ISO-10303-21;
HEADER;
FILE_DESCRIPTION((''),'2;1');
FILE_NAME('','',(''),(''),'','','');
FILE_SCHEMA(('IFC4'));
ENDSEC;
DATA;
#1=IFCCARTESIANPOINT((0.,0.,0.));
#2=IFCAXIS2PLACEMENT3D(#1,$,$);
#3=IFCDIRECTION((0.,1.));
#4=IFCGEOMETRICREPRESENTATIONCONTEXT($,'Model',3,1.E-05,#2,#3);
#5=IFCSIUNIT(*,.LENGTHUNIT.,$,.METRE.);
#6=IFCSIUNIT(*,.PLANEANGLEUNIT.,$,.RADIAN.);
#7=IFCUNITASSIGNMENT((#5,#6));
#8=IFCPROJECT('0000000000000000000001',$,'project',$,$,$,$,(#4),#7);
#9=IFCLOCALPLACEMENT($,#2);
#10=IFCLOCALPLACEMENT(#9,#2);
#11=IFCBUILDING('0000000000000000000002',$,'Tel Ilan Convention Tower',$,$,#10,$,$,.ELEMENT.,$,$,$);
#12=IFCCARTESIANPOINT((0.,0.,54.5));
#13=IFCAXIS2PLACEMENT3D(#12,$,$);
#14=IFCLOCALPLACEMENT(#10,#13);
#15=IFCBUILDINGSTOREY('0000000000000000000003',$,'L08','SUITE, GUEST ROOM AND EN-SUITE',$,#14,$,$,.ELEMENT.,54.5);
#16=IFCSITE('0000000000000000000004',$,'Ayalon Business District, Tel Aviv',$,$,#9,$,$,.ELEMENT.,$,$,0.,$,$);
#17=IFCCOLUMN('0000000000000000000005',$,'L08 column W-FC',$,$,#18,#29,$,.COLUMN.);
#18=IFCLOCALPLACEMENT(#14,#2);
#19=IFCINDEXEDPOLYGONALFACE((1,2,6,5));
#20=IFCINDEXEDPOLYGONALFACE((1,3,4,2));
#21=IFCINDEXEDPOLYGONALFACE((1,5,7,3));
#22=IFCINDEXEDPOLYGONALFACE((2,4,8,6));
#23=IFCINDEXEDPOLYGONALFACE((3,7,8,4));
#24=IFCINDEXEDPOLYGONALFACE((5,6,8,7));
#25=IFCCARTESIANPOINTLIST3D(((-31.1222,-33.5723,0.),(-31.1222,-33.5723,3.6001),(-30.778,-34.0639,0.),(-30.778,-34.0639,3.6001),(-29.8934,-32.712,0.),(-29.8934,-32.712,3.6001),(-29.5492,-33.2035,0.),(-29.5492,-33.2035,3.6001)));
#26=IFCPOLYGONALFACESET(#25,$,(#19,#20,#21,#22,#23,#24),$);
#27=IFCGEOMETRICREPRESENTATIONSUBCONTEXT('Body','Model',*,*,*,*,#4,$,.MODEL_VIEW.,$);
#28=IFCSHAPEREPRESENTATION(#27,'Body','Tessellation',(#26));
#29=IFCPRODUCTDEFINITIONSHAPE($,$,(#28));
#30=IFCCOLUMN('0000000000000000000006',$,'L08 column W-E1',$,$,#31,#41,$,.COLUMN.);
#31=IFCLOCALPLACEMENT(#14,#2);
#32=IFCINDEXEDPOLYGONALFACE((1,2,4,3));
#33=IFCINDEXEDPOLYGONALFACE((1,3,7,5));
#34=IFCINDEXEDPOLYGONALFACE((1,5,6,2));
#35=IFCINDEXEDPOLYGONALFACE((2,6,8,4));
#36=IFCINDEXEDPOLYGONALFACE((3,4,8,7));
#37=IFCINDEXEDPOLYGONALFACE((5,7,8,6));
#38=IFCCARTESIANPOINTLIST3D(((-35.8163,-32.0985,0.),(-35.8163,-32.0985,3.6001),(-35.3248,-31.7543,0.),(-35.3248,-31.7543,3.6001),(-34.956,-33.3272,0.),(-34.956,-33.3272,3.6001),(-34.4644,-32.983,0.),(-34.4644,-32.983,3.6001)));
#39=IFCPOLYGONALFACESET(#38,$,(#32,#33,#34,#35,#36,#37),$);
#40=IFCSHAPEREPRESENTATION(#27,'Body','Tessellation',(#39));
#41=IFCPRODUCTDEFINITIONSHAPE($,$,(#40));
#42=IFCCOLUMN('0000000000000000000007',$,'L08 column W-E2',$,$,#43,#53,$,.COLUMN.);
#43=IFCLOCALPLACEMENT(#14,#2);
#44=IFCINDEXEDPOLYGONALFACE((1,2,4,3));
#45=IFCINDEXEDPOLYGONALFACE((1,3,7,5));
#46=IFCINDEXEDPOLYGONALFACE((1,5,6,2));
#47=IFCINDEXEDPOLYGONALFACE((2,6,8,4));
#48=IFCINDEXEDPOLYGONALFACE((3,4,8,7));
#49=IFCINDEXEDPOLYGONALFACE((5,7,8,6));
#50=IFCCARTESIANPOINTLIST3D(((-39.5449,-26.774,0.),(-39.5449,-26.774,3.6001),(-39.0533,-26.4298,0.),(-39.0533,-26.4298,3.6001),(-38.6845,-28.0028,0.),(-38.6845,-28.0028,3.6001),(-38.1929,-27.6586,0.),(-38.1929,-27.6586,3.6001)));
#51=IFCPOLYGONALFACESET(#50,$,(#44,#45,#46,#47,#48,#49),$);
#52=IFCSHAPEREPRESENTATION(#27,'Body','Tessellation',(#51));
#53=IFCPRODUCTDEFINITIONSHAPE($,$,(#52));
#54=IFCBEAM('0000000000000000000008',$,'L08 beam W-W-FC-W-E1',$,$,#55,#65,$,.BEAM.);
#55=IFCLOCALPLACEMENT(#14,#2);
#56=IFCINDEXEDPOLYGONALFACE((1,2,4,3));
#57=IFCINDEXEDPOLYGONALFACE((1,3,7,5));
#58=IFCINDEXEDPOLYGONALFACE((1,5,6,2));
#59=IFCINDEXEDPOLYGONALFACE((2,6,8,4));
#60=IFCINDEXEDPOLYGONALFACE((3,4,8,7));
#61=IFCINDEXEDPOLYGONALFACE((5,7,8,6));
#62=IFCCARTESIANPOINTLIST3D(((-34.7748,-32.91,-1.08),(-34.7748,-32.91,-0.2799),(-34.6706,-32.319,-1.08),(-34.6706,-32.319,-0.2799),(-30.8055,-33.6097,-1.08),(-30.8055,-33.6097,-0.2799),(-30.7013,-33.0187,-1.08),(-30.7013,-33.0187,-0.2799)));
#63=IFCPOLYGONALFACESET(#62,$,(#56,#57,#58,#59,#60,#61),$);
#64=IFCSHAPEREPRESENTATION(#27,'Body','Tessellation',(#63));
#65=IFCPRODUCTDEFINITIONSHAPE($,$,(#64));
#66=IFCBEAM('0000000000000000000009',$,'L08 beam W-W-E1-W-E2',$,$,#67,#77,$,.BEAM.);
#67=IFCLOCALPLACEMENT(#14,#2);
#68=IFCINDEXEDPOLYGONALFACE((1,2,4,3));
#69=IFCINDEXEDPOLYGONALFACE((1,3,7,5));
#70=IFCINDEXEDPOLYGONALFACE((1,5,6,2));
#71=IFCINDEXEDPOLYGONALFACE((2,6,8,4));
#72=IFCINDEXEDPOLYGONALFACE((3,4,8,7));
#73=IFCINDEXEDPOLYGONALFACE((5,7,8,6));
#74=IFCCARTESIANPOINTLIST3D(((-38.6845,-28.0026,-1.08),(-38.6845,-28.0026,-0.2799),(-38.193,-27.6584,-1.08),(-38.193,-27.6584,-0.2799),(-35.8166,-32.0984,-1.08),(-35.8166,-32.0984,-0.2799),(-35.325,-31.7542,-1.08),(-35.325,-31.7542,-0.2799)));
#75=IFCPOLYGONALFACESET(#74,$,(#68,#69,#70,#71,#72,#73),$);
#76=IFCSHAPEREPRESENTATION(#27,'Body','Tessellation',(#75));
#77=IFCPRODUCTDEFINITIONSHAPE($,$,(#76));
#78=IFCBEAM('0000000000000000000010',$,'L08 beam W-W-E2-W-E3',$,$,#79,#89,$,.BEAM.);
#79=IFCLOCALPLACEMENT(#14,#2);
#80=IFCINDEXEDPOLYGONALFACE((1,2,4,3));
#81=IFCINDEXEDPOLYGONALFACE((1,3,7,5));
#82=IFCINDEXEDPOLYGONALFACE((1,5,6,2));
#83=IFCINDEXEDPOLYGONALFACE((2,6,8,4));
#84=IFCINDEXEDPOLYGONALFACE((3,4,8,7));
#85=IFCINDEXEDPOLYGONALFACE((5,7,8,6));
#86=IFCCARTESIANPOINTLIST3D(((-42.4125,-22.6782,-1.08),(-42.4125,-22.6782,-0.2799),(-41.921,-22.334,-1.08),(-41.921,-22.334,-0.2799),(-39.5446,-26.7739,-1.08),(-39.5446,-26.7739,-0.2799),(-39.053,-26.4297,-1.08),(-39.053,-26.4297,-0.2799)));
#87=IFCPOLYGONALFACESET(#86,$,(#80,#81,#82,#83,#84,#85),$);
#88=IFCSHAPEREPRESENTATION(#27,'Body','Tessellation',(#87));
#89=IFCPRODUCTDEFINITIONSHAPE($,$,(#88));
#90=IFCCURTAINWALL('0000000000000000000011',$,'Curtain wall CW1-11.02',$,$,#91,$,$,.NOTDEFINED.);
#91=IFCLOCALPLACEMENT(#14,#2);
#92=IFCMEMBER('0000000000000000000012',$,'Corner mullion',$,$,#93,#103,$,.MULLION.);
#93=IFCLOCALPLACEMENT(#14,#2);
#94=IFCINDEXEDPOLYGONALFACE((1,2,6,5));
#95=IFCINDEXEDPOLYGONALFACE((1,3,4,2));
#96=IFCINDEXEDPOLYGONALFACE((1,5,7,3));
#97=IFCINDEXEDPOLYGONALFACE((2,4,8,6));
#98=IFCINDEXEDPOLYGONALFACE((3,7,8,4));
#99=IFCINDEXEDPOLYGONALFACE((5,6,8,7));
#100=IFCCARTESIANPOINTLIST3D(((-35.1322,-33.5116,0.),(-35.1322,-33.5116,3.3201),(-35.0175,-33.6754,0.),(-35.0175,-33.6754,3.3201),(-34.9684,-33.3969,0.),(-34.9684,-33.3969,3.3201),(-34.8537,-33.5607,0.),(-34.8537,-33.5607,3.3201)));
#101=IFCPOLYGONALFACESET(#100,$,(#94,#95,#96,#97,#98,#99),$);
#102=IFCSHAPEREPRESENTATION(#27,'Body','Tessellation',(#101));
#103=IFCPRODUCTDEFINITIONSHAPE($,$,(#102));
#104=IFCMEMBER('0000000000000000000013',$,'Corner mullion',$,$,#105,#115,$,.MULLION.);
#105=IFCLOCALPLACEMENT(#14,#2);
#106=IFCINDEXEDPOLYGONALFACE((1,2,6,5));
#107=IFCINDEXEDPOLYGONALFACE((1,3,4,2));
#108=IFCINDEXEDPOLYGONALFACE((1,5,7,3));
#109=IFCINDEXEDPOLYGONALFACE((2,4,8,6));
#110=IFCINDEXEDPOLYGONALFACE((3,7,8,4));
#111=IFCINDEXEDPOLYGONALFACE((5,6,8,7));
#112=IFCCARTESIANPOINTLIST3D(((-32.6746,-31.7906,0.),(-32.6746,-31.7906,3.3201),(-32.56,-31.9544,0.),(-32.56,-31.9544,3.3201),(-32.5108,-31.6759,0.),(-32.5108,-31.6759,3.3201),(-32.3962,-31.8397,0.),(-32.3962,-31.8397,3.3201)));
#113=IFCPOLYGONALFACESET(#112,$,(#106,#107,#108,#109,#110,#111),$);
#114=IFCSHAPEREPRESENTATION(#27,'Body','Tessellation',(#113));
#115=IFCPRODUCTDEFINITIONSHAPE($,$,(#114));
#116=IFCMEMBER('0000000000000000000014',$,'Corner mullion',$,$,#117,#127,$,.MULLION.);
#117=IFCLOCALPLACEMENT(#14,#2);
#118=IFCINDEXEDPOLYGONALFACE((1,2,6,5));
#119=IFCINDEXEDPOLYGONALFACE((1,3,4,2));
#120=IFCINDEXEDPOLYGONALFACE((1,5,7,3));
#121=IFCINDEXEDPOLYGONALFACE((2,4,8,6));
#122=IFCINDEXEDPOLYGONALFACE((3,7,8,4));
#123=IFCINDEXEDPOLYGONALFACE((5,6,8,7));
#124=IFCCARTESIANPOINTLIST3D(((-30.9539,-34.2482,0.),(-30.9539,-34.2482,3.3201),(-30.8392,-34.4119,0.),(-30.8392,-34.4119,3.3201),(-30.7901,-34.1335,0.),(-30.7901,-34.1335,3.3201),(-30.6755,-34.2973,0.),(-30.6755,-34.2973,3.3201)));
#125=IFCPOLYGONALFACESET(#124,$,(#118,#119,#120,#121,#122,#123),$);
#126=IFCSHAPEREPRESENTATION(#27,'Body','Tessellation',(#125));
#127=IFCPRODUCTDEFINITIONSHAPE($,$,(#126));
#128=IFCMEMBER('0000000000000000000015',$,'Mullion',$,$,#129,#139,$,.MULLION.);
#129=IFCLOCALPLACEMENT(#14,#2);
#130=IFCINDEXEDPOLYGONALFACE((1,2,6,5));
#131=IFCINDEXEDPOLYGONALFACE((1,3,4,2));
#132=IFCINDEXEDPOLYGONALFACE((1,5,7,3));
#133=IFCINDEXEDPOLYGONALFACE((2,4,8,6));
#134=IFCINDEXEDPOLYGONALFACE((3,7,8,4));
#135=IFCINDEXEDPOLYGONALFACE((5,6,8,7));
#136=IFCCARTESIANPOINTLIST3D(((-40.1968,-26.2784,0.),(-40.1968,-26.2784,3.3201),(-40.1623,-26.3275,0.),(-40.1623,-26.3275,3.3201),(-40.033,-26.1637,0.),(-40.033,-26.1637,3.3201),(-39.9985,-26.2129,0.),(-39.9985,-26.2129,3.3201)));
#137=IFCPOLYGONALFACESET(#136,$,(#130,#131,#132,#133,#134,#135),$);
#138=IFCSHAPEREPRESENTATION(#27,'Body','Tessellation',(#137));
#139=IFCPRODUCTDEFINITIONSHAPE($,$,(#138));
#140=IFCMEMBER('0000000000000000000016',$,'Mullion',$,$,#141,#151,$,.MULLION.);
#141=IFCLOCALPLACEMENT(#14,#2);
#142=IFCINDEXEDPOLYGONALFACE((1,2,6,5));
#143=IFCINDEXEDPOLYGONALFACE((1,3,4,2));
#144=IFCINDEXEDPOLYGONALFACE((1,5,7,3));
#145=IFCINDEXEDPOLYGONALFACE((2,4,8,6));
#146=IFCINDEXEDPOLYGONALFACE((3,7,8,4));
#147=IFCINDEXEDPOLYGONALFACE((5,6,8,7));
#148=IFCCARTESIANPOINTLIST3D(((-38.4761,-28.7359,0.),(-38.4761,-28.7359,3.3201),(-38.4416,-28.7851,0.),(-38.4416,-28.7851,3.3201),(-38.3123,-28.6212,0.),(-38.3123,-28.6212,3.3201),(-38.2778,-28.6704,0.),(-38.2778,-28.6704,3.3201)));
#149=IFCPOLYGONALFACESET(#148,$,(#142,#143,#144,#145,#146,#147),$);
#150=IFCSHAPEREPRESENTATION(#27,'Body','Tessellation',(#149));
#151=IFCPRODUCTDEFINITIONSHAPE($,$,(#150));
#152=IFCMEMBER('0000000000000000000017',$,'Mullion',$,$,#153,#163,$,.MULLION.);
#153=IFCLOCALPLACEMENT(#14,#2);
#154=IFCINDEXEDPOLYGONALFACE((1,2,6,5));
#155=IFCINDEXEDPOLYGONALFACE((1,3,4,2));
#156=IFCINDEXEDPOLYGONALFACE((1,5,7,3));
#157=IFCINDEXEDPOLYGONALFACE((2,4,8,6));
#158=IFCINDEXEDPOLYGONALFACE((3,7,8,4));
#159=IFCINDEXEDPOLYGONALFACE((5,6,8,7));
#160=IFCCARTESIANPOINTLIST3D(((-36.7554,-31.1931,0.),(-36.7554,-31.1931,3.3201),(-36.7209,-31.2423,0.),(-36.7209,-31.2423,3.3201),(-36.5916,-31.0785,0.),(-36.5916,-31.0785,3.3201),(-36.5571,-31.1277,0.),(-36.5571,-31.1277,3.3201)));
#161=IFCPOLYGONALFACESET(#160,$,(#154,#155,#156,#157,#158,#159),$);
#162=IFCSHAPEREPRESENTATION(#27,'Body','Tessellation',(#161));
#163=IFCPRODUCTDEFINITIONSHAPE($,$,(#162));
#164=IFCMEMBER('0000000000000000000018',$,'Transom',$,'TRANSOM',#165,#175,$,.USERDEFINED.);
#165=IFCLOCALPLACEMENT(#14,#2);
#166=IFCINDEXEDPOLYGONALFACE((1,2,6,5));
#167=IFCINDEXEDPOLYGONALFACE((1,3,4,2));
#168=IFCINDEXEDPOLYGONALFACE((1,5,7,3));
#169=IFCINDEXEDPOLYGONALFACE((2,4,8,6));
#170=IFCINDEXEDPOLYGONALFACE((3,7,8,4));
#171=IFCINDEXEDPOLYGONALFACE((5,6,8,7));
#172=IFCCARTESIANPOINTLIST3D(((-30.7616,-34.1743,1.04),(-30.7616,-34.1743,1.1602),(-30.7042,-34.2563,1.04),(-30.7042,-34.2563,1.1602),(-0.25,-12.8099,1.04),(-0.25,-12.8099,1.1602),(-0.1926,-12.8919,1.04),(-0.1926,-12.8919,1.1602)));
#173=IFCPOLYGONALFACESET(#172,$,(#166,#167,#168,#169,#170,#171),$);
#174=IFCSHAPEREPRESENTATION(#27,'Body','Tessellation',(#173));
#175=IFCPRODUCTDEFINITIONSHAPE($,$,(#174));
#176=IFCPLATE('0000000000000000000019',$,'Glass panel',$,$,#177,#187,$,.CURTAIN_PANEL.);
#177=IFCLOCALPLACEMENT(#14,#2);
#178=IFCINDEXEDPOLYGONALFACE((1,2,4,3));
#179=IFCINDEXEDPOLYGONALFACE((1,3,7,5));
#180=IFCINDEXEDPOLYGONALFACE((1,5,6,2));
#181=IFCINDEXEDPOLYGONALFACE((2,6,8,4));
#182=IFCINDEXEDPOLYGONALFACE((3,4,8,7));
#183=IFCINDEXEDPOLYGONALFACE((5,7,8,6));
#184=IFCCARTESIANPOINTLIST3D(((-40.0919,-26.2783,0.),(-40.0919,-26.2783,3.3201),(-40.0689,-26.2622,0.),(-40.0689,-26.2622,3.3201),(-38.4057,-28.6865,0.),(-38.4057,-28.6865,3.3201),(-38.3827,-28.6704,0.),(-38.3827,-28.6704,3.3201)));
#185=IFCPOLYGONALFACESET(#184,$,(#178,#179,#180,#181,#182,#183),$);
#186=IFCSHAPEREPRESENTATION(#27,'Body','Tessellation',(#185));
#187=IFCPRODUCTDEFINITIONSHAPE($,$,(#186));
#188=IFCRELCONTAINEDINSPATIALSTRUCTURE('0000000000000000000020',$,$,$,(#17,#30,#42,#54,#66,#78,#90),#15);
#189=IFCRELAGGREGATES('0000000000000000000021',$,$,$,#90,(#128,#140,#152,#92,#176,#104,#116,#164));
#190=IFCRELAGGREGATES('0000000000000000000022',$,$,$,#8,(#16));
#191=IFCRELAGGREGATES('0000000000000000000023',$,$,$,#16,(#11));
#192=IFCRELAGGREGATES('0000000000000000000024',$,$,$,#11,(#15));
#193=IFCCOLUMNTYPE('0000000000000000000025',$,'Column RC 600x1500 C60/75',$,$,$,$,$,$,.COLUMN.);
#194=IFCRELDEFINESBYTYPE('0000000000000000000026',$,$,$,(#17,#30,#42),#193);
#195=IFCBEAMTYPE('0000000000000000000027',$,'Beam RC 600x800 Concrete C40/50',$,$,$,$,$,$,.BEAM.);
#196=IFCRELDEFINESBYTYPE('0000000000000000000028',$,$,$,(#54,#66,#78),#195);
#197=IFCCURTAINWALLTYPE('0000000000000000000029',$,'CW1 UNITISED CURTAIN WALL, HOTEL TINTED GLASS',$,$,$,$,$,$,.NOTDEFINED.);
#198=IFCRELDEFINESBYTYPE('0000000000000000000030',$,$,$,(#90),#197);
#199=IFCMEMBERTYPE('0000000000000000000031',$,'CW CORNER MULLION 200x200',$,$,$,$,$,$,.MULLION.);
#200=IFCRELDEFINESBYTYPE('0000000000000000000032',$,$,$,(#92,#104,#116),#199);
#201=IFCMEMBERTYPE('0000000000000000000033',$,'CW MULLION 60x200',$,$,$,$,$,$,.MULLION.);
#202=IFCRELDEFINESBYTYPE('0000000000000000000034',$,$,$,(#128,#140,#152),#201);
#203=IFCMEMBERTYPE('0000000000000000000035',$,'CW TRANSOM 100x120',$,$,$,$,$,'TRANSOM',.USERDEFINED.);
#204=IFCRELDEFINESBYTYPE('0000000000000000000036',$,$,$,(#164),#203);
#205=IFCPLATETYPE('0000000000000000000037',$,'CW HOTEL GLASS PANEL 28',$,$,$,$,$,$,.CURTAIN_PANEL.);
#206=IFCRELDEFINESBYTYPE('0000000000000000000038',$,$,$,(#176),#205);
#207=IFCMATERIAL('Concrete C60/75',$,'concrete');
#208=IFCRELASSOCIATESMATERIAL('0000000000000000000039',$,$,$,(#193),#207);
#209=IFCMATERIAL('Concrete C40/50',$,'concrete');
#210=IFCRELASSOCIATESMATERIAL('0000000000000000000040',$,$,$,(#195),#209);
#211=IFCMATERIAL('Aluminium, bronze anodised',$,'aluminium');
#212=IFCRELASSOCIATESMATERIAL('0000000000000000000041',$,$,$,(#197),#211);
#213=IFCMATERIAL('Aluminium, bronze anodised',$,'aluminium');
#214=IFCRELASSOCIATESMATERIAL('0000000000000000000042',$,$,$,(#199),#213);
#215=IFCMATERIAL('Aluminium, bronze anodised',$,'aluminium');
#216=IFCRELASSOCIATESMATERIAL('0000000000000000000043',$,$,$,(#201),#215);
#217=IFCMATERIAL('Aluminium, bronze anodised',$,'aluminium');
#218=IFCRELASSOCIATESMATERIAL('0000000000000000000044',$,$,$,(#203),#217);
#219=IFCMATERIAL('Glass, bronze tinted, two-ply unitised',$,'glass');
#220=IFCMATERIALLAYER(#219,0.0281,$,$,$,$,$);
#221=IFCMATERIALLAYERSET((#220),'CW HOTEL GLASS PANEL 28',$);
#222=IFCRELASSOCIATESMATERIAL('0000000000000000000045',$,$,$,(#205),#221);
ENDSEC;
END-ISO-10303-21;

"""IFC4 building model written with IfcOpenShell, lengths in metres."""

from ifc_helpers import new_model, si_unit, direction, frame, origin, origin_2d, place, context, subcontext, project, spatial, rectangle, extrude, material, layer, layer_set, material_profile, profile_set, type_object, element, aggregate, save


model = new_model("IFC4")

# Units and contexts
model_context = context("Model", 3, precision=1e-05, world=origin(), true_north=direction((0.0, 1.0)))
body_context = subcontext(model_context, "Body", "Model", "MODEL_VIEW")
ifc_project = project(units=[si_unit("LENGTHUNIT", "METRE"), si_unit("PLANEANGLEUNIT", "RADIAN")], contexts=[model_context])

# Site, building, storey
site_placement = place(None, origin())
site = spatial("IfcSite", under=ifc_project, at=site_placement, Name="Ayalon Business District, Tel Aviv", CompositionType="ELEMENT", RefElevation=0.0)
building_placement = place(site_placement, origin())
building = spatial("IfcBuilding", under=site, at=building_placement, Name="Tel Ilan Convention Tower", CompositionType="ELEMENT")
storey_placement = place(building_placement, frame((0.0, 0.0, 54.5)))
storey = spatial("IfcBuildingStorey", under=building, at=storey_placement, Name="L08", Description="SUITE, GUEST ROOM AND EN-SUITE", CompositionType="ELEMENT", Elevation=54.5)

# Columns
ifc_material_1 = material(Name="Concrete C60/75", Category="concrete")
ifc_material_profile_1 = material_profile(ifc_material_1, rectangle(XDim=1.5, YDim=0.6001, at=origin_2d()), Name="RC 600x1500")
ifc_profile_set_1 = profile_set([ifc_material_profile_1], Name="Concrete C60/75")
column_type = type_object("IfcColumnType", Name="Column RC 600x1500 C60/75", PredefinedType="COLUMN", material=ifc_profile_set_1)
for number, where, z_axis, x_axis, name in (
    (1, (-30.3357, -33.3879, 0.0), (0.0, 0.0, 1.0), (-0.819152, -0.573576, 0.0), "L08 column W-FC"),
    (2, (-35.1404, -32.5408, 0.0), (0.0, 0.0, 1.0), (-0.573576, 0.819152, 0.0), "L08 column W-E1"),
    (3, (-38.8689, -27.2163, 0.0), (0.0, 0.0, 1.0), (-0.573576, 0.819152, 0.0), "L08 column W-E2"),
):
    element("IfcColumn", number, at=place(storey_placement, frame(where, z_axis=z_axis, x_axis=x_axis)), inside=storey, type_object=column_type, Name=name, PredefinedType="COLUMN", context=body_context, shape_type="SweptSolid", body=[
        extrude(rectangle(XDim=1.5, YDim=0.6001, at=origin_2d()), origin(), (0.0, 0.0, 1.0), 3.6001),
    ])

# Beams
ifc_material_2 = material(Name="Concrete C40/50", Category="concrete")
ifc_material_profile_2 = material_profile(ifc_material_2, rectangle(XDim=0.6001, YDim=0.8, at=origin_2d()), Name="RC 600x800")
ifc_profile_set_2 = profile_set([ifc_material_profile_2], Name="Concrete C40/50")
beam_type = type_object("IfcBeamType", Name="Beam RC 600x800 Concrete C40/50", PredefinedType="BEAM", material=ifc_profile_set_2)
beam_placement = place(storey_placement, frame((-30.7534, -33.3142, -0.6799), z_axis=(-0.984815, 0.173606, 0.0), x_axis=(-0.173606, -0.984815, 0.0)))
element("IfcBeam", 4, at=beam_placement, inside=storey, type_object=beam_type, Name="L08 beam W-W-FC-W-E1", PredefinedType="BEAM", context=body_context, shape_type="SweptSolid", body=[
    extrude(rectangle(XDim=0.6001, YDim=0.8, at=origin_2d()), origin(), (0.0, 0.0, 1.0), 4.0305),
])
for number, where, z_axis, x_axis, name in (
    (5, (-35.5708, -31.9263, -0.6799), (-0.573587, 0.819145, 0.0), (-0.819145, -0.573587, 0.0), "L08 beam W-W-E1-W-E2"),
    (6, (-39.2988, -26.6018, -0.6799), (-0.573587, 0.819145, 0.0), (-0.819145, -0.573587, 0.0), "L08 beam W-W-E2-W-E3"),
):
    element("IfcBeam", number, at=place(storey_placement, frame(where, z_axis=z_axis, x_axis=x_axis)), inside=storey, type_object=beam_type, Name=name, PredefinedType="BEAM", context=body_context, shape_type="SweptSolid", body=[
        extrude(rectangle(XDim=0.6001, YDim=0.8, at=origin_2d()), origin(), (0.0, 0.0, 1.0), 5.0),
    ])

# Curtain wall, members, plate
ifc_material_3 = material(Name="Aluminium, bronze anodised", Category="aluminium")
curtain_wall_type = type_object("IfcCurtainWallType", Name="CW1 UNITISED CURTAIN WALL, HOTEL TINTED GLASS", PredefinedType="NOTDEFINED", material=ifc_material_3)
curtain_wall_placement = place(storey_placement, origin())
curtain_wall = element("IfcCurtainWall", 7, at=curtain_wall_placement, inside=storey, type_object=curtain_wall_type, Name="Curtain wall CW1-11.02", PredefinedType="NOTDEFINED")
ifc_material_4 = material(Name="Aluminium, bronze anodised", Category="aluminium")
ifc_material_profile_3 = material_profile(ifc_material_4, rectangle(XDim=0.2, YDim=0.2, at=origin_2d()), Name="CW CORNER MULLION 200x200")
ifc_profile_set_3 = profile_set([ifc_material_profile_3], Name="Aluminium, bronze anodised")
member_type_1 = type_object("IfcMemberType", Name="CW CORNER MULLION 200x200", PredefinedType="MULLION", material=ifc_profile_set_3)
member_1_placement = place(storey_placement, frame((-34.9929, -33.5361, 0.0), z_axis=(0.0, 0.0, 1.0), x_axis=(0.573576, -0.819152, 0.0)))
member_1 = element("IfcMember", 8, at=member_1_placement, type_object=member_type_1, Name="Corner mullion", PredefinedType="MULLION", context=body_context, shape_type="SweptSolid", body=[
    extrude(rectangle(XDim=0.2, YDim=0.2, at=origin_2d()), origin(), (0.0, 0.0, 1.0), 3.3201),
])
member_2_placement = place(storey_placement, frame((-32.5354, -31.8152, 0.0), z_axis=(0.0, 0.0, 1.0), x_axis=(0.819152, 0.573576, 0.0)))
member_2 = element("IfcMember", 9, at=member_2_placement, type_object=member_type_1, Name="Corner mullion", PredefinedType="MULLION", context=body_context, shape_type="SweptSolid", body=[
    extrude(rectangle(XDim=0.2, YDim=0.2, at=origin_2d()), origin(), (0.0, 0.0, 1.0), 3.3201),
])
member_3_placement = place(storey_placement, frame((-30.8147, -34.2727, 0.0), z_axis=(0.0, 0.0, 1.0), x_axis=(0.573576, -0.819152, 0.0)))
member_3 = element("IfcMember", 10, at=member_3_placement, type_object=member_type_1, Name="Corner mullion", PredefinedType="MULLION", context=body_context, shape_type="SweptSolid", body=[
    extrude(rectangle(XDim=0.2, YDim=0.2, at=origin_2d()), origin(), (0.0, 0.0, 1.0), 3.3201),
])
ifc_material_5 = material(Name="Aluminium, bronze anodised", Category="aluminium")
ifc_material_profile_4 = material_profile(ifc_material_5, rectangle(XDim=0.0601, YDim=0.2, at=origin_2d()), Name="CW MULLION 60x200")
ifc_profile_set_4 = profile_set([ifc_material_profile_4], Name="Aluminium, bronze anodised")
member_type_2 = type_object("IfcMemberType", Name="CW MULLION 60x200", PredefinedType="MULLION", material=ifc_profile_set_4)
member_4_placement = place(storey_placement, frame((-40.0977, -26.2456, 0.0), z_axis=(0.0, 0.0, 1.0), x_axis=(0.573576, -0.819152, 0.0)))
member_4 = element("IfcMember", 11, at=member_4_placement, type_object=member_type_2, Name="Mullion", PredefinedType="MULLION", context=body_context, shape_type="SweptSolid", body=[
    extrude(rectangle(XDim=0.0601, YDim=0.2, at=origin_2d()), origin(), (0.0, 0.0, 1.0), 3.3201),
])
member_5_placement = place(storey_placement, frame((-38.377, -28.7031, 0.0), z_axis=(0.0, 0.0, 1.0), x_axis=(0.573576, -0.819152, 0.0)))
member_5 = element("IfcMember", 12, at=member_5_placement, type_object=member_type_2, Name="Mullion", PredefinedType="MULLION", context=body_context, shape_type="SweptSolid", body=[
    extrude(rectangle(XDim=0.0601, YDim=0.2, at=origin_2d()), origin(), (0.0, 0.0, 1.0), 3.3201),
])
member_6_placement = place(storey_placement, frame((-36.6562, -31.1604, 0.0), z_axis=(0.0, 0.0, 1.0), x_axis=(0.573576, -0.819152, 0.0)))
member_6 = element("IfcMember", 13, at=member_6_placement, type_object=member_type_2, Name="Mullion", PredefinedType="MULLION", context=body_context, shape_type="SweptSolid", body=[
    extrude(rectangle(XDim=0.0601, YDim=0.2, at=origin_2d()), origin(), (0.0, 0.0, 1.0), 3.3201),
])
ifc_material_6 = material(Name="Aluminium, bronze anodised", Category="aluminium")
ifc_material_profile_5 = material_profile(ifc_material_6, rectangle(XDim=0.1001, YDim=0.1201, at=origin_2d()), Name="CW TRANSOM 100x120")
ifc_profile_set_5 = profile_set([ifc_material_profile_5], Name="Aluminium, bronze anodised")
member_type_3 = type_object("IfcMemberType", Name="CW TRANSOM 100x120", ElementType="TRANSOM", PredefinedType="USERDEFINED", material=ifc_profile_set_5)
member_7_placement = place(storey_placement, frame((-30.7329, -34.2153, 1.1001), z_axis=(0.819152, 0.573576, 0.0), x_axis=(-0.573576, 0.819152, 0.0)))
member_7 = element("IfcMember", 14, at=member_7_placement, type_object=member_type_3, Name="Transom", ObjectType="TRANSOM", PredefinedType="USERDEFINED", context=body_context, shape_type="SweptSolid", body=[
    extrude(rectangle(XDim=0.1001, YDim=0.1201, at=origin_2d()), origin(), (0.0, 0.0, 1.0), 37.2478),
])
ifc_material_7 = material(Name="Glass, bronze tinted, two-ply unitised", Category="glass")
ifc_layer_1 = layer(ifc_material_7, 0.0281)
ifc_layer_set_1 = layer_set([ifc_layer_1], Name="CW HOTEL GLASS PANEL 28")
plate_type = type_object("IfcPlateType", Name="CW HOTEL GLASS PANEL 28", PredefinedType="CURTAIN_PANEL", material=ifc_layer_set_1)
plate_1_placement = place(storey_placement, frame((-39.2373, -27.4744, 0.0), z_axis=(0.0, 0.0, 1.0), x_axis=(0.573576, -0.819152, 0.0)))
plate_1 = element("IfcPlate", 15, at=plate_1_placement, type_object=plate_type, Name="Glass panel", PredefinedType="CURTAIN_PANEL", context=body_context, shape_type="SweptSolid", body=[
    extrude(rectangle(XDim=2.9399, YDim=0.0281, at=origin_2d()), origin(), (0.0, 0.0, 1.0), 3.3201),
])
aggregate(curtain_wall, [member_4, member_5, member_6, member_1, plate_1, member_2, member_3, member_7])

save(model, "model.ifc")
